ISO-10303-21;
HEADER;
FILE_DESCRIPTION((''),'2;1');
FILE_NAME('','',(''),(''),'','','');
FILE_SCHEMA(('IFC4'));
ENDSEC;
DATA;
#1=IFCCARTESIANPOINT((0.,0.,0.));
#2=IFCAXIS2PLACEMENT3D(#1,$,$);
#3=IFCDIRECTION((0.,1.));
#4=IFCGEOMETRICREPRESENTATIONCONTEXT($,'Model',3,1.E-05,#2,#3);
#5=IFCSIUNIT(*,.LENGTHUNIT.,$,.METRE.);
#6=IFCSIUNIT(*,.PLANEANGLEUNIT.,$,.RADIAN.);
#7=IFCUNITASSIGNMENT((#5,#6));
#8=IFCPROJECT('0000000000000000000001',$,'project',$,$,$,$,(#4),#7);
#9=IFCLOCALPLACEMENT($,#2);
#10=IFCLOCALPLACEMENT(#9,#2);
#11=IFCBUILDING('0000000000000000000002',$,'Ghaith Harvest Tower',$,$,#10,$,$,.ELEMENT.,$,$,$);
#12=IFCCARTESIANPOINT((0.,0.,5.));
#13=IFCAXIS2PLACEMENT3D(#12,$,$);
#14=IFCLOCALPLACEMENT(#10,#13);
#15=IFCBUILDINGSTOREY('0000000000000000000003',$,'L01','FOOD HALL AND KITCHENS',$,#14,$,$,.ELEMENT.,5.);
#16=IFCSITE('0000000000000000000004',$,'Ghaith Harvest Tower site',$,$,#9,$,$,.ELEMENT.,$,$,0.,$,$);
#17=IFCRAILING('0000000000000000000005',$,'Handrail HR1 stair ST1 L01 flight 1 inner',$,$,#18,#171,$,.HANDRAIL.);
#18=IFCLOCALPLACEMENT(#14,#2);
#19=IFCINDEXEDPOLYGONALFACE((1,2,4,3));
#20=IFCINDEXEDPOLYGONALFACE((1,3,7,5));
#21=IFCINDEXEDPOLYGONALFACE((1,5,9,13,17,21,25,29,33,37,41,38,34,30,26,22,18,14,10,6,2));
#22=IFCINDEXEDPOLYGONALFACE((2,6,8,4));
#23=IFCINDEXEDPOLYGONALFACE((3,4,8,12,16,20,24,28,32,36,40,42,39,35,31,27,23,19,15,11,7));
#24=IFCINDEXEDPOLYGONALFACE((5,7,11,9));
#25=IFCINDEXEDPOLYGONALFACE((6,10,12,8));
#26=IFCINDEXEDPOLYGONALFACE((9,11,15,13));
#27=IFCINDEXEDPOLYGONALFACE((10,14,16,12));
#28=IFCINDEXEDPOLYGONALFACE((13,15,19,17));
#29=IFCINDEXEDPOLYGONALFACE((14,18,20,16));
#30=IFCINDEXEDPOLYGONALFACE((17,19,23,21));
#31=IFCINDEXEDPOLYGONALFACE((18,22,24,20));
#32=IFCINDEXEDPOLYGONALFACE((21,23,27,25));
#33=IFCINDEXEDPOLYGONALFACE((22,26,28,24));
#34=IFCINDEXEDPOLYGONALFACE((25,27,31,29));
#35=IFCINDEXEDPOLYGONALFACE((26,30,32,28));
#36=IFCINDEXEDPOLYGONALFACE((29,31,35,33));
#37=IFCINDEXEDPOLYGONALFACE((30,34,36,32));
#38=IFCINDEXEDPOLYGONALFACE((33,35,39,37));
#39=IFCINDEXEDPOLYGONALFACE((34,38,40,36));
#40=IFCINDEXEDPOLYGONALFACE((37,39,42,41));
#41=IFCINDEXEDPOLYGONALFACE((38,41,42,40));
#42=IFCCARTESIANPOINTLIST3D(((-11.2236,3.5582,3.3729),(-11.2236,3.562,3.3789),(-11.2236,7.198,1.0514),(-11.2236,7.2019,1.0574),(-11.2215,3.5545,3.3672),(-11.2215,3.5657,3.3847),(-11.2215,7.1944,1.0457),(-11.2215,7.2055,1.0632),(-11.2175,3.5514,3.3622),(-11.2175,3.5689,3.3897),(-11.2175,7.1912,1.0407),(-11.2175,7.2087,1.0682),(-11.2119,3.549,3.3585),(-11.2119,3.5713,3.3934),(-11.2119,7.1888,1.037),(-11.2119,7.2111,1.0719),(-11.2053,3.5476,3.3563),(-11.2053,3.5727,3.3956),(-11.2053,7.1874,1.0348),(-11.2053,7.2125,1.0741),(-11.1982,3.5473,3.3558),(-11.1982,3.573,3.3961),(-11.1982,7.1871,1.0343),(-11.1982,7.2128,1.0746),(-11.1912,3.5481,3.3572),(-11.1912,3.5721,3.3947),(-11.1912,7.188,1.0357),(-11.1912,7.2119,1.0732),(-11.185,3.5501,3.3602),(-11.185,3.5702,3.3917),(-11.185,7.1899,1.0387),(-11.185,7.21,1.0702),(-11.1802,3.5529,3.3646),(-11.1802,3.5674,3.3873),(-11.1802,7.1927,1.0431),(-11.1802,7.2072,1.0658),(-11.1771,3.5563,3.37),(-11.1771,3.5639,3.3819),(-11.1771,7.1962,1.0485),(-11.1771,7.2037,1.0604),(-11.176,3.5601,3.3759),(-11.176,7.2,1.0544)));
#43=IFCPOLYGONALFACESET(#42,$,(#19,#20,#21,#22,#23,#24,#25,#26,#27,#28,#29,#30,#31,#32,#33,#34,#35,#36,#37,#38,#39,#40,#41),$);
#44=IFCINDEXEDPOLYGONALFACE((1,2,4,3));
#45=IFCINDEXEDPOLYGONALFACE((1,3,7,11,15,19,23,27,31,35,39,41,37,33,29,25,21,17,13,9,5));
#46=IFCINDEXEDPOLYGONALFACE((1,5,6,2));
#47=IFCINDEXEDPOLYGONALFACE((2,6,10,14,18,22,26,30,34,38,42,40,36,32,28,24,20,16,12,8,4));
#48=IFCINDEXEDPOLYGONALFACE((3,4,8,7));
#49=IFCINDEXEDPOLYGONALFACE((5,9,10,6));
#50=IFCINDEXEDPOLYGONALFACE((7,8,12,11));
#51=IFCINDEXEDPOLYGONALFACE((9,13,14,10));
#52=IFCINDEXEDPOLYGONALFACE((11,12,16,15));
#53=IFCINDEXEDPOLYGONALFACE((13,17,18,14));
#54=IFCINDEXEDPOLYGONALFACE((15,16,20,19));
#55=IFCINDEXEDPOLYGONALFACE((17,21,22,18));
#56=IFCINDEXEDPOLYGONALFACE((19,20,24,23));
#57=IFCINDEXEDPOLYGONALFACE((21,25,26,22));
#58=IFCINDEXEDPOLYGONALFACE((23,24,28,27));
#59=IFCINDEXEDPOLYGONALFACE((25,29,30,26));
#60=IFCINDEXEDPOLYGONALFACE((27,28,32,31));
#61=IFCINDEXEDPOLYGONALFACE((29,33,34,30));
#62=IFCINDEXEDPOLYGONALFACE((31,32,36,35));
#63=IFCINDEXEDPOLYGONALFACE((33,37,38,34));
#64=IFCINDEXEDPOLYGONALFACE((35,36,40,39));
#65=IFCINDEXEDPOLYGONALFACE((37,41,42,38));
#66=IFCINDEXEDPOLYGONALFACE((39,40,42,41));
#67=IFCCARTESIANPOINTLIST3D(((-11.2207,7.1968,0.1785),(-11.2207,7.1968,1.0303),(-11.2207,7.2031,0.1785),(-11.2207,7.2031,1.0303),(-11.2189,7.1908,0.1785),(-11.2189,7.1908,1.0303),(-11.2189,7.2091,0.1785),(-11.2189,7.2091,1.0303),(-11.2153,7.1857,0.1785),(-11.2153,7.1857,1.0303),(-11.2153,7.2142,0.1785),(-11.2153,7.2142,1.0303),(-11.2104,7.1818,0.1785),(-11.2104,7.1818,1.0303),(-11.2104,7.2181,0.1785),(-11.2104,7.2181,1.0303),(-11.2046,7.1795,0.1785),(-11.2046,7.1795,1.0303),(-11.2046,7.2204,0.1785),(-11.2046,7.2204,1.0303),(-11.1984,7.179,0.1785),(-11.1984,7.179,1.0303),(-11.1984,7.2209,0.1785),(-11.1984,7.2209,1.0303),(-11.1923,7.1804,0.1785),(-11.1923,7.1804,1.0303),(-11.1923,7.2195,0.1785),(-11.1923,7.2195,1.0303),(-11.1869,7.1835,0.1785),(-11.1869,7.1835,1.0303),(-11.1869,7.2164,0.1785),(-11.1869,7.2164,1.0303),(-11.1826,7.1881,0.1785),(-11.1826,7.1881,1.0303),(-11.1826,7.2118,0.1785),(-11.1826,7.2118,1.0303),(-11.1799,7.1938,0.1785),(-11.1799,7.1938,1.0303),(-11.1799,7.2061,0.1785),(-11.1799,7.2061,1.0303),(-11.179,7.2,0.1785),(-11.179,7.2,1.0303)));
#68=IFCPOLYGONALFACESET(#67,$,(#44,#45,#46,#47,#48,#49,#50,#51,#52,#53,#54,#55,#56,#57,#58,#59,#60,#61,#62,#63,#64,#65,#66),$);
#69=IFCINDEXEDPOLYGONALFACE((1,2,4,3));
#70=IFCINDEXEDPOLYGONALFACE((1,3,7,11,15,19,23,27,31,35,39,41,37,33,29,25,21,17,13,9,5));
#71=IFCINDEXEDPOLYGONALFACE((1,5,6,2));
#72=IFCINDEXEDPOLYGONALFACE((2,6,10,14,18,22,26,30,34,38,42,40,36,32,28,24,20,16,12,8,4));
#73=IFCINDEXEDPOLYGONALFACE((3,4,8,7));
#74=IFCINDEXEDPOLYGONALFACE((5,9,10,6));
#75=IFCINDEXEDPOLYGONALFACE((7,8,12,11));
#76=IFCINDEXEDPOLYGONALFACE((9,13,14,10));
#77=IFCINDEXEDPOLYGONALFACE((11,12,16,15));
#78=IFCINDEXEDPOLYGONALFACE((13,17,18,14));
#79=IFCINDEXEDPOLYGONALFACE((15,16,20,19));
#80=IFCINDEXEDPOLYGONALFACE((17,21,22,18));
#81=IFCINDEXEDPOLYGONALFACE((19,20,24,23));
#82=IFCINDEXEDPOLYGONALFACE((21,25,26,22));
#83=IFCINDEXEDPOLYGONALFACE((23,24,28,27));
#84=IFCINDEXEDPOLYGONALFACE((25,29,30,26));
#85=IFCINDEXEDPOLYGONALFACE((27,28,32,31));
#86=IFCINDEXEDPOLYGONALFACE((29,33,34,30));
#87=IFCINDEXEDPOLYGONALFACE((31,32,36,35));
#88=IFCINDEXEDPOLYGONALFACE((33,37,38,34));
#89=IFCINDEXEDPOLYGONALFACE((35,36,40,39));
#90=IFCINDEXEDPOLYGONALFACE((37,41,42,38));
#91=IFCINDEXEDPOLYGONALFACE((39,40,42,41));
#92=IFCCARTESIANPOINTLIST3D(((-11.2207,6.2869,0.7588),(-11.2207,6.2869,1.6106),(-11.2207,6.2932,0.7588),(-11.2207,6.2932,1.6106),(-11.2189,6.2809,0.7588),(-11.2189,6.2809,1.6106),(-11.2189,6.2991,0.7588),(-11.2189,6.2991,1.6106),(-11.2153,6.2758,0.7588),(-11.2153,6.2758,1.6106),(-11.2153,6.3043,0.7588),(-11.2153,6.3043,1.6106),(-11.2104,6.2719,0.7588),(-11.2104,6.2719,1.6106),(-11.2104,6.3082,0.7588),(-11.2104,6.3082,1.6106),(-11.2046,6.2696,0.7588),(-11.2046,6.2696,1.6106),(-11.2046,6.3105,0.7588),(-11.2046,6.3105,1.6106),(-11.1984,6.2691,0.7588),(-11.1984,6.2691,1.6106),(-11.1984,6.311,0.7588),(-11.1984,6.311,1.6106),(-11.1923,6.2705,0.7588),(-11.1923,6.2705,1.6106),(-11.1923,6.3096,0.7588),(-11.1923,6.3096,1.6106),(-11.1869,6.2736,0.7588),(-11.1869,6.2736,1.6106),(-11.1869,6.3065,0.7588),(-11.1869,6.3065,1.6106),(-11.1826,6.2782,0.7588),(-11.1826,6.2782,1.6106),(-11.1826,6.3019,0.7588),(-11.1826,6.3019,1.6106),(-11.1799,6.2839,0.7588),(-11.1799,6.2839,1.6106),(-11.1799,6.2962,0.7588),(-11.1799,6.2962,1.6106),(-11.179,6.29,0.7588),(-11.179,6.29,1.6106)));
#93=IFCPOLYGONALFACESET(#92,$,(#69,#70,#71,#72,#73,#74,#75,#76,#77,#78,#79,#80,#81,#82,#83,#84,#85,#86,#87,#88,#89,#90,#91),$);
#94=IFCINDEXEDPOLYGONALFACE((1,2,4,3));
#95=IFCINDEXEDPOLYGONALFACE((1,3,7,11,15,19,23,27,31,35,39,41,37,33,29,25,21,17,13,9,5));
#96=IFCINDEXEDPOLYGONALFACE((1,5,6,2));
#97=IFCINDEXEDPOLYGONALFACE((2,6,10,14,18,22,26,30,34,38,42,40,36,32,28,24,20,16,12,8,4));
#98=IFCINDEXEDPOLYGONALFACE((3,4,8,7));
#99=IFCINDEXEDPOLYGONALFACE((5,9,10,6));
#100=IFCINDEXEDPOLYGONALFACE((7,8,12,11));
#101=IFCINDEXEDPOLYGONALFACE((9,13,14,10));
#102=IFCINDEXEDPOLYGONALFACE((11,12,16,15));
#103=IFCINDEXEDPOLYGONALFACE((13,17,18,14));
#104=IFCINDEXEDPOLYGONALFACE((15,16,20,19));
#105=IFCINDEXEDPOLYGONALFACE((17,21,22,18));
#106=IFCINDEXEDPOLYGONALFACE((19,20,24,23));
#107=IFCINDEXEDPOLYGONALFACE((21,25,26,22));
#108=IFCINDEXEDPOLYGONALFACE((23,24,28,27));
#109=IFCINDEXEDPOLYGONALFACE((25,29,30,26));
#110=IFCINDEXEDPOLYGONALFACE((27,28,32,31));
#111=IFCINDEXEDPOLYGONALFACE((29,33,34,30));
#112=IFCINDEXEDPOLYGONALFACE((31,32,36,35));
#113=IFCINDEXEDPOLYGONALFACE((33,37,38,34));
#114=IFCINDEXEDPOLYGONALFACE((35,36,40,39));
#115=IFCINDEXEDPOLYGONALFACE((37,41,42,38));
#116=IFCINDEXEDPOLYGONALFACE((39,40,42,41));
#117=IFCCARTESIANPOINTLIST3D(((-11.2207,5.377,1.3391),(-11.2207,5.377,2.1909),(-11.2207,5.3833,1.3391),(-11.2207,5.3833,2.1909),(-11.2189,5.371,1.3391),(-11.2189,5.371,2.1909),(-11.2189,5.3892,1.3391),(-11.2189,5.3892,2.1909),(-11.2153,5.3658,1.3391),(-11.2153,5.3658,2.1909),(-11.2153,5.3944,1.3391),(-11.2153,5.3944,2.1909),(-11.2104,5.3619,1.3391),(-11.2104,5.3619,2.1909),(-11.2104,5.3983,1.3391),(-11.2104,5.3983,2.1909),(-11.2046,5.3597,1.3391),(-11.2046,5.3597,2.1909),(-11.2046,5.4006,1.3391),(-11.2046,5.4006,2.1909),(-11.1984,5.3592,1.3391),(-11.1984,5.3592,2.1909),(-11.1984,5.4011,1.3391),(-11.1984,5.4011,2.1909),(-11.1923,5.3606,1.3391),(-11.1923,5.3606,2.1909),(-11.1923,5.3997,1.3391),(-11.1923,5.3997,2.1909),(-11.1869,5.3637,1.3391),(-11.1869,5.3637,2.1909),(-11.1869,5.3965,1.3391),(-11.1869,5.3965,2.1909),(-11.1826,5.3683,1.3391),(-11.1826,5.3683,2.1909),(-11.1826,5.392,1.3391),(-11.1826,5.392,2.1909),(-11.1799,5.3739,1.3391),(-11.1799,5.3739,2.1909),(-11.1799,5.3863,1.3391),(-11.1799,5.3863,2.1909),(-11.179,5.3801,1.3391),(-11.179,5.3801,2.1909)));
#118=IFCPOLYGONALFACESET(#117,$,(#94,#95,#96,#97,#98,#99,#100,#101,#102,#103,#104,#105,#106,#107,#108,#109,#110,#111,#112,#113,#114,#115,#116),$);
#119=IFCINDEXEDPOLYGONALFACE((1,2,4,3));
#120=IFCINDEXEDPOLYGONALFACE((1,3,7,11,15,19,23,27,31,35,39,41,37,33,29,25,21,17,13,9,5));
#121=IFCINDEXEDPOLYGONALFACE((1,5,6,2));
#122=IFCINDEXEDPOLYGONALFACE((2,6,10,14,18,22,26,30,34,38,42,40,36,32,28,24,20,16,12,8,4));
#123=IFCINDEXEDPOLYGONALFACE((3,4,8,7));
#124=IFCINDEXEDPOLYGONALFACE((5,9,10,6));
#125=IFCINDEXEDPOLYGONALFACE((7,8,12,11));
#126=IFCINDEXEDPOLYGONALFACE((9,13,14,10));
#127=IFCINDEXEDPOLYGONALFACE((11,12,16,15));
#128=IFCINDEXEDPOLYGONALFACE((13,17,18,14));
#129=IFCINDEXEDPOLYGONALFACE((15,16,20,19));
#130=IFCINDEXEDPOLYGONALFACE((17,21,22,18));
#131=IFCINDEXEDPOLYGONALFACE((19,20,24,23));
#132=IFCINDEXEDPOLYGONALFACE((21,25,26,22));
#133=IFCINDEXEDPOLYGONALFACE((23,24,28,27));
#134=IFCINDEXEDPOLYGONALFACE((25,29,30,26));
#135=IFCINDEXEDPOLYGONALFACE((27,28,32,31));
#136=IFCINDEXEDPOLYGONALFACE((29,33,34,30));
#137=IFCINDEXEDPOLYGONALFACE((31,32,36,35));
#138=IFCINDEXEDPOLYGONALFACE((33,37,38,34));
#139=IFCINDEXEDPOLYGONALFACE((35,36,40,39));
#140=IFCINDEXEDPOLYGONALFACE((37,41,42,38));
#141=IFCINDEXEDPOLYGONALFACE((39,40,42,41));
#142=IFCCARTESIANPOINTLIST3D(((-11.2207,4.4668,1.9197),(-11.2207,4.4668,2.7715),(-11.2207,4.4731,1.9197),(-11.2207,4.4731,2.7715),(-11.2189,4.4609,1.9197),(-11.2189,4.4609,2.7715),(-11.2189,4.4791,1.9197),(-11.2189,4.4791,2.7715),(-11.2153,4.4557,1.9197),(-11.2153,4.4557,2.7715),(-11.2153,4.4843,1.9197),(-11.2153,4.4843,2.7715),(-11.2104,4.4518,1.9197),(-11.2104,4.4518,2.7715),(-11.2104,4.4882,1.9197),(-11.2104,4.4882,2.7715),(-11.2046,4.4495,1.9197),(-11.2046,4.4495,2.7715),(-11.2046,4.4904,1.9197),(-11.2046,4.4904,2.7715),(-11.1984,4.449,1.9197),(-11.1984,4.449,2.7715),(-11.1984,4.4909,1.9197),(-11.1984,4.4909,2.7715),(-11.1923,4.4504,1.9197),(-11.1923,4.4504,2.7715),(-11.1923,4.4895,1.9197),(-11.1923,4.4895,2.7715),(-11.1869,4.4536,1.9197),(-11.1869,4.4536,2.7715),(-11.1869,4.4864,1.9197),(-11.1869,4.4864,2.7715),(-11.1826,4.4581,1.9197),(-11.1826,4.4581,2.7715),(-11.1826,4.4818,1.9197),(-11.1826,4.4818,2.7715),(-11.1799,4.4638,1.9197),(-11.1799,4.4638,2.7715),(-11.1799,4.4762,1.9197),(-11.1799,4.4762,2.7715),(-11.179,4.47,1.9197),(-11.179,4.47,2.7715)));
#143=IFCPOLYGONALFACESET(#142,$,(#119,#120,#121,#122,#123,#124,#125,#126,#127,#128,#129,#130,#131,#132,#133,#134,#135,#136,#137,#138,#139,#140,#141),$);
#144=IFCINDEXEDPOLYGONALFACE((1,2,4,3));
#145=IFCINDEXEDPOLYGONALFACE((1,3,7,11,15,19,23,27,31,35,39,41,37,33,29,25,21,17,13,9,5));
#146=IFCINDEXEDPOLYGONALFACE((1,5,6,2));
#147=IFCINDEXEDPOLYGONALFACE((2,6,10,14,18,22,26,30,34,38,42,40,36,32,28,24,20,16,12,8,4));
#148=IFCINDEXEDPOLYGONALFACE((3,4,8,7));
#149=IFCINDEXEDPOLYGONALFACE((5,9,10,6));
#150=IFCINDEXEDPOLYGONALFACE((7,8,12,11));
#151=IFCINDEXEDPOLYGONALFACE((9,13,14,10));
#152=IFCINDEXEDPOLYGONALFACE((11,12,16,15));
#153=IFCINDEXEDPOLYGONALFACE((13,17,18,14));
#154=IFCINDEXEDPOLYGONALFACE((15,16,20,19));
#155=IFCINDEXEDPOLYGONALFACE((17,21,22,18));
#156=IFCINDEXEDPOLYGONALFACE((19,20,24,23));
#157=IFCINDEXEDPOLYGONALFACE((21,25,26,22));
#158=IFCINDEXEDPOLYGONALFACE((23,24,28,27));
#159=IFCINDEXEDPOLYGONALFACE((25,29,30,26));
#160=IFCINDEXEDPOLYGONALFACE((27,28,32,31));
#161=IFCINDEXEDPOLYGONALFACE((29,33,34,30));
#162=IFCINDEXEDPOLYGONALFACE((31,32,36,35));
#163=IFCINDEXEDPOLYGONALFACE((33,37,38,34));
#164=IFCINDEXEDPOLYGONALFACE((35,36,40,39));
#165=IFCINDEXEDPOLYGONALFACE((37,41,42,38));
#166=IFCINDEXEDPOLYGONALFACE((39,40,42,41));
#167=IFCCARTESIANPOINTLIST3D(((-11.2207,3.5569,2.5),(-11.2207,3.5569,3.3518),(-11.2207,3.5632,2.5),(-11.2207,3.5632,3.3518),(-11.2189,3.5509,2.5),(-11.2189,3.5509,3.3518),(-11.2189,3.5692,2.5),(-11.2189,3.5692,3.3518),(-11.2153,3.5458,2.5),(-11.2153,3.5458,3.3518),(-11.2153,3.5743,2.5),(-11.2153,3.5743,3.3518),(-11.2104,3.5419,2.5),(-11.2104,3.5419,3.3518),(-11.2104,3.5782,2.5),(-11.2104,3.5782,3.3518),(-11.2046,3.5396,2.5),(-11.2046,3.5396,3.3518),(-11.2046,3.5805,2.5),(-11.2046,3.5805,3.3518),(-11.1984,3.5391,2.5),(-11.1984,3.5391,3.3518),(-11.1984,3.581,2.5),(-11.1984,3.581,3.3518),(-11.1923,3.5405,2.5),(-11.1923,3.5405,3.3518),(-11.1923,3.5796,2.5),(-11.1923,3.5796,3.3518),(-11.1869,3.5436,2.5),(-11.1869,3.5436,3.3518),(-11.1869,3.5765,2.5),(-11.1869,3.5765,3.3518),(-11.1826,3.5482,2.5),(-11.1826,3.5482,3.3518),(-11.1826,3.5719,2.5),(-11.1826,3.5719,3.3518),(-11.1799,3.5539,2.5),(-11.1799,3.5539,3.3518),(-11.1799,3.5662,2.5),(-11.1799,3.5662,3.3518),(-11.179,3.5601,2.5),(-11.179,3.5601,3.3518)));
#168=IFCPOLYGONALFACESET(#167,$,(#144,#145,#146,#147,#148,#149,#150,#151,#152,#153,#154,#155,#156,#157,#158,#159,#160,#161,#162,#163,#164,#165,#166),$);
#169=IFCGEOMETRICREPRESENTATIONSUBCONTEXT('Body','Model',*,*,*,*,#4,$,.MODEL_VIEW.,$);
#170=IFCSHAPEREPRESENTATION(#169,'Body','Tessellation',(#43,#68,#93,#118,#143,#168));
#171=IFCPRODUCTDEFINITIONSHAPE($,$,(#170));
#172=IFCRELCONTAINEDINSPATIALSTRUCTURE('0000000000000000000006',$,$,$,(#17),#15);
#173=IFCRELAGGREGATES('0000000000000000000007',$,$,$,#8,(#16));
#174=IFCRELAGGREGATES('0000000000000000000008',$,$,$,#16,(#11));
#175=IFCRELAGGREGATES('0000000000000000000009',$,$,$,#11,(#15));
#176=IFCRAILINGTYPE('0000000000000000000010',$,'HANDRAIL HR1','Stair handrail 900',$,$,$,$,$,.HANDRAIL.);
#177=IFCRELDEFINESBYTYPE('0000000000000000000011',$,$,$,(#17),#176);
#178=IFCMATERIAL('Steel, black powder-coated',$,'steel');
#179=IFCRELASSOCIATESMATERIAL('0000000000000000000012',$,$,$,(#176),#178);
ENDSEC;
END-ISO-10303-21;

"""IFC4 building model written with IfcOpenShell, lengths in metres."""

from ifc_helpers import new_model, si_unit, direction, frame, origin, origin_2d, place, context, subcontext, project, spatial, circle, extrude, material, type_object, element, save


model = new_model("IFC4")

# Units and contexts
model_context = context("Model", 3, precision=1e-05, world=origin(), true_north=direction((0.0, 1.0)))
body_context = subcontext(model_context, "Body", "Model", "MODEL_VIEW")
ifc_project = project(units=[si_unit("LENGTHUNIT", "METRE"), si_unit("PLANEANGLEUNIT", "RADIAN")], contexts=[model_context])

# Site, building, storey
site_placement = place(None, origin())
site = spatial("IfcSite", under=ifc_project, at=site_placement, Name="Ghaith Harvest Tower site", CompositionType="ELEMENT", RefElevation=0.0)
building_placement = place(site_placement, origin())
building = spatial("IfcBuilding", under=site, at=building_placement, Name="Ghaith Harvest Tower", CompositionType="ELEMENT")
storey_placement = place(building_placement, frame((0.0, 0.0, 5.0)))
storey = spatial("IfcBuildingStorey", under=building, at=storey_placement, Name="L01", Description="FOOD HALL AND KITCHENS", CompositionType="ELEMENT", Elevation=5.0)

# Railing
ifc_material_1 = material(Name="Steel, black powder-coated", Category="steel")
railing_type = type_object("IfcRailingType", Name="HANDRAIL HR1", Description="Stair handrail 900", PredefinedType="HANDRAIL", material=ifc_material_1)
railing_1_placement = place(storey_placement, frame((-11.2, 7.2, 0.1785)))
element("IfcRailing", 1, at=railing_1_placement, inside=storey, type_object=railing_type, Name="Handrail HR1 stair ST1 L01 flight 1 inner", PredefinedType="HANDRAIL", context=body_context, shape_type="SweptSolid", body=[
    extrude(circle(Radius=0.0239, at=origin_2d()), frame((0.0, 0.0, 0.876), z_axis=(0.0, -0.843112, 0.537739), x_axis=(1.0, 0.0, 0.0)), (0.0, 0.0, 1.0), 4.3171),
    extrude(circle(Radius=0.021, at=origin_2d()), origin(), (0.0, 0.0, 1.0), 0.8518),
    extrude(circle(Radius=0.021, at=origin_2d()), frame((0.0, -0.9099, 0.5803)), (0.0, 0.0, 1.0), 0.8518),
    extrude(circle(Radius=0.021, at=origin_2d()), frame((0.0, -1.8198, 1.1606)), (0.0, 0.0, 1.0), 0.8518),
    extrude(circle(Radius=0.021, at=origin_2d()), frame((0.0, -2.73, 1.7412)), (0.0, 0.0, 1.0), 0.8518),
    extrude(circle(Radius=0.021, at=origin_2d()), frame((0.0, -3.6399, 2.3215)), (0.0, 0.0, 1.0), 0.8518),
])

save(model, "model.ifc")
